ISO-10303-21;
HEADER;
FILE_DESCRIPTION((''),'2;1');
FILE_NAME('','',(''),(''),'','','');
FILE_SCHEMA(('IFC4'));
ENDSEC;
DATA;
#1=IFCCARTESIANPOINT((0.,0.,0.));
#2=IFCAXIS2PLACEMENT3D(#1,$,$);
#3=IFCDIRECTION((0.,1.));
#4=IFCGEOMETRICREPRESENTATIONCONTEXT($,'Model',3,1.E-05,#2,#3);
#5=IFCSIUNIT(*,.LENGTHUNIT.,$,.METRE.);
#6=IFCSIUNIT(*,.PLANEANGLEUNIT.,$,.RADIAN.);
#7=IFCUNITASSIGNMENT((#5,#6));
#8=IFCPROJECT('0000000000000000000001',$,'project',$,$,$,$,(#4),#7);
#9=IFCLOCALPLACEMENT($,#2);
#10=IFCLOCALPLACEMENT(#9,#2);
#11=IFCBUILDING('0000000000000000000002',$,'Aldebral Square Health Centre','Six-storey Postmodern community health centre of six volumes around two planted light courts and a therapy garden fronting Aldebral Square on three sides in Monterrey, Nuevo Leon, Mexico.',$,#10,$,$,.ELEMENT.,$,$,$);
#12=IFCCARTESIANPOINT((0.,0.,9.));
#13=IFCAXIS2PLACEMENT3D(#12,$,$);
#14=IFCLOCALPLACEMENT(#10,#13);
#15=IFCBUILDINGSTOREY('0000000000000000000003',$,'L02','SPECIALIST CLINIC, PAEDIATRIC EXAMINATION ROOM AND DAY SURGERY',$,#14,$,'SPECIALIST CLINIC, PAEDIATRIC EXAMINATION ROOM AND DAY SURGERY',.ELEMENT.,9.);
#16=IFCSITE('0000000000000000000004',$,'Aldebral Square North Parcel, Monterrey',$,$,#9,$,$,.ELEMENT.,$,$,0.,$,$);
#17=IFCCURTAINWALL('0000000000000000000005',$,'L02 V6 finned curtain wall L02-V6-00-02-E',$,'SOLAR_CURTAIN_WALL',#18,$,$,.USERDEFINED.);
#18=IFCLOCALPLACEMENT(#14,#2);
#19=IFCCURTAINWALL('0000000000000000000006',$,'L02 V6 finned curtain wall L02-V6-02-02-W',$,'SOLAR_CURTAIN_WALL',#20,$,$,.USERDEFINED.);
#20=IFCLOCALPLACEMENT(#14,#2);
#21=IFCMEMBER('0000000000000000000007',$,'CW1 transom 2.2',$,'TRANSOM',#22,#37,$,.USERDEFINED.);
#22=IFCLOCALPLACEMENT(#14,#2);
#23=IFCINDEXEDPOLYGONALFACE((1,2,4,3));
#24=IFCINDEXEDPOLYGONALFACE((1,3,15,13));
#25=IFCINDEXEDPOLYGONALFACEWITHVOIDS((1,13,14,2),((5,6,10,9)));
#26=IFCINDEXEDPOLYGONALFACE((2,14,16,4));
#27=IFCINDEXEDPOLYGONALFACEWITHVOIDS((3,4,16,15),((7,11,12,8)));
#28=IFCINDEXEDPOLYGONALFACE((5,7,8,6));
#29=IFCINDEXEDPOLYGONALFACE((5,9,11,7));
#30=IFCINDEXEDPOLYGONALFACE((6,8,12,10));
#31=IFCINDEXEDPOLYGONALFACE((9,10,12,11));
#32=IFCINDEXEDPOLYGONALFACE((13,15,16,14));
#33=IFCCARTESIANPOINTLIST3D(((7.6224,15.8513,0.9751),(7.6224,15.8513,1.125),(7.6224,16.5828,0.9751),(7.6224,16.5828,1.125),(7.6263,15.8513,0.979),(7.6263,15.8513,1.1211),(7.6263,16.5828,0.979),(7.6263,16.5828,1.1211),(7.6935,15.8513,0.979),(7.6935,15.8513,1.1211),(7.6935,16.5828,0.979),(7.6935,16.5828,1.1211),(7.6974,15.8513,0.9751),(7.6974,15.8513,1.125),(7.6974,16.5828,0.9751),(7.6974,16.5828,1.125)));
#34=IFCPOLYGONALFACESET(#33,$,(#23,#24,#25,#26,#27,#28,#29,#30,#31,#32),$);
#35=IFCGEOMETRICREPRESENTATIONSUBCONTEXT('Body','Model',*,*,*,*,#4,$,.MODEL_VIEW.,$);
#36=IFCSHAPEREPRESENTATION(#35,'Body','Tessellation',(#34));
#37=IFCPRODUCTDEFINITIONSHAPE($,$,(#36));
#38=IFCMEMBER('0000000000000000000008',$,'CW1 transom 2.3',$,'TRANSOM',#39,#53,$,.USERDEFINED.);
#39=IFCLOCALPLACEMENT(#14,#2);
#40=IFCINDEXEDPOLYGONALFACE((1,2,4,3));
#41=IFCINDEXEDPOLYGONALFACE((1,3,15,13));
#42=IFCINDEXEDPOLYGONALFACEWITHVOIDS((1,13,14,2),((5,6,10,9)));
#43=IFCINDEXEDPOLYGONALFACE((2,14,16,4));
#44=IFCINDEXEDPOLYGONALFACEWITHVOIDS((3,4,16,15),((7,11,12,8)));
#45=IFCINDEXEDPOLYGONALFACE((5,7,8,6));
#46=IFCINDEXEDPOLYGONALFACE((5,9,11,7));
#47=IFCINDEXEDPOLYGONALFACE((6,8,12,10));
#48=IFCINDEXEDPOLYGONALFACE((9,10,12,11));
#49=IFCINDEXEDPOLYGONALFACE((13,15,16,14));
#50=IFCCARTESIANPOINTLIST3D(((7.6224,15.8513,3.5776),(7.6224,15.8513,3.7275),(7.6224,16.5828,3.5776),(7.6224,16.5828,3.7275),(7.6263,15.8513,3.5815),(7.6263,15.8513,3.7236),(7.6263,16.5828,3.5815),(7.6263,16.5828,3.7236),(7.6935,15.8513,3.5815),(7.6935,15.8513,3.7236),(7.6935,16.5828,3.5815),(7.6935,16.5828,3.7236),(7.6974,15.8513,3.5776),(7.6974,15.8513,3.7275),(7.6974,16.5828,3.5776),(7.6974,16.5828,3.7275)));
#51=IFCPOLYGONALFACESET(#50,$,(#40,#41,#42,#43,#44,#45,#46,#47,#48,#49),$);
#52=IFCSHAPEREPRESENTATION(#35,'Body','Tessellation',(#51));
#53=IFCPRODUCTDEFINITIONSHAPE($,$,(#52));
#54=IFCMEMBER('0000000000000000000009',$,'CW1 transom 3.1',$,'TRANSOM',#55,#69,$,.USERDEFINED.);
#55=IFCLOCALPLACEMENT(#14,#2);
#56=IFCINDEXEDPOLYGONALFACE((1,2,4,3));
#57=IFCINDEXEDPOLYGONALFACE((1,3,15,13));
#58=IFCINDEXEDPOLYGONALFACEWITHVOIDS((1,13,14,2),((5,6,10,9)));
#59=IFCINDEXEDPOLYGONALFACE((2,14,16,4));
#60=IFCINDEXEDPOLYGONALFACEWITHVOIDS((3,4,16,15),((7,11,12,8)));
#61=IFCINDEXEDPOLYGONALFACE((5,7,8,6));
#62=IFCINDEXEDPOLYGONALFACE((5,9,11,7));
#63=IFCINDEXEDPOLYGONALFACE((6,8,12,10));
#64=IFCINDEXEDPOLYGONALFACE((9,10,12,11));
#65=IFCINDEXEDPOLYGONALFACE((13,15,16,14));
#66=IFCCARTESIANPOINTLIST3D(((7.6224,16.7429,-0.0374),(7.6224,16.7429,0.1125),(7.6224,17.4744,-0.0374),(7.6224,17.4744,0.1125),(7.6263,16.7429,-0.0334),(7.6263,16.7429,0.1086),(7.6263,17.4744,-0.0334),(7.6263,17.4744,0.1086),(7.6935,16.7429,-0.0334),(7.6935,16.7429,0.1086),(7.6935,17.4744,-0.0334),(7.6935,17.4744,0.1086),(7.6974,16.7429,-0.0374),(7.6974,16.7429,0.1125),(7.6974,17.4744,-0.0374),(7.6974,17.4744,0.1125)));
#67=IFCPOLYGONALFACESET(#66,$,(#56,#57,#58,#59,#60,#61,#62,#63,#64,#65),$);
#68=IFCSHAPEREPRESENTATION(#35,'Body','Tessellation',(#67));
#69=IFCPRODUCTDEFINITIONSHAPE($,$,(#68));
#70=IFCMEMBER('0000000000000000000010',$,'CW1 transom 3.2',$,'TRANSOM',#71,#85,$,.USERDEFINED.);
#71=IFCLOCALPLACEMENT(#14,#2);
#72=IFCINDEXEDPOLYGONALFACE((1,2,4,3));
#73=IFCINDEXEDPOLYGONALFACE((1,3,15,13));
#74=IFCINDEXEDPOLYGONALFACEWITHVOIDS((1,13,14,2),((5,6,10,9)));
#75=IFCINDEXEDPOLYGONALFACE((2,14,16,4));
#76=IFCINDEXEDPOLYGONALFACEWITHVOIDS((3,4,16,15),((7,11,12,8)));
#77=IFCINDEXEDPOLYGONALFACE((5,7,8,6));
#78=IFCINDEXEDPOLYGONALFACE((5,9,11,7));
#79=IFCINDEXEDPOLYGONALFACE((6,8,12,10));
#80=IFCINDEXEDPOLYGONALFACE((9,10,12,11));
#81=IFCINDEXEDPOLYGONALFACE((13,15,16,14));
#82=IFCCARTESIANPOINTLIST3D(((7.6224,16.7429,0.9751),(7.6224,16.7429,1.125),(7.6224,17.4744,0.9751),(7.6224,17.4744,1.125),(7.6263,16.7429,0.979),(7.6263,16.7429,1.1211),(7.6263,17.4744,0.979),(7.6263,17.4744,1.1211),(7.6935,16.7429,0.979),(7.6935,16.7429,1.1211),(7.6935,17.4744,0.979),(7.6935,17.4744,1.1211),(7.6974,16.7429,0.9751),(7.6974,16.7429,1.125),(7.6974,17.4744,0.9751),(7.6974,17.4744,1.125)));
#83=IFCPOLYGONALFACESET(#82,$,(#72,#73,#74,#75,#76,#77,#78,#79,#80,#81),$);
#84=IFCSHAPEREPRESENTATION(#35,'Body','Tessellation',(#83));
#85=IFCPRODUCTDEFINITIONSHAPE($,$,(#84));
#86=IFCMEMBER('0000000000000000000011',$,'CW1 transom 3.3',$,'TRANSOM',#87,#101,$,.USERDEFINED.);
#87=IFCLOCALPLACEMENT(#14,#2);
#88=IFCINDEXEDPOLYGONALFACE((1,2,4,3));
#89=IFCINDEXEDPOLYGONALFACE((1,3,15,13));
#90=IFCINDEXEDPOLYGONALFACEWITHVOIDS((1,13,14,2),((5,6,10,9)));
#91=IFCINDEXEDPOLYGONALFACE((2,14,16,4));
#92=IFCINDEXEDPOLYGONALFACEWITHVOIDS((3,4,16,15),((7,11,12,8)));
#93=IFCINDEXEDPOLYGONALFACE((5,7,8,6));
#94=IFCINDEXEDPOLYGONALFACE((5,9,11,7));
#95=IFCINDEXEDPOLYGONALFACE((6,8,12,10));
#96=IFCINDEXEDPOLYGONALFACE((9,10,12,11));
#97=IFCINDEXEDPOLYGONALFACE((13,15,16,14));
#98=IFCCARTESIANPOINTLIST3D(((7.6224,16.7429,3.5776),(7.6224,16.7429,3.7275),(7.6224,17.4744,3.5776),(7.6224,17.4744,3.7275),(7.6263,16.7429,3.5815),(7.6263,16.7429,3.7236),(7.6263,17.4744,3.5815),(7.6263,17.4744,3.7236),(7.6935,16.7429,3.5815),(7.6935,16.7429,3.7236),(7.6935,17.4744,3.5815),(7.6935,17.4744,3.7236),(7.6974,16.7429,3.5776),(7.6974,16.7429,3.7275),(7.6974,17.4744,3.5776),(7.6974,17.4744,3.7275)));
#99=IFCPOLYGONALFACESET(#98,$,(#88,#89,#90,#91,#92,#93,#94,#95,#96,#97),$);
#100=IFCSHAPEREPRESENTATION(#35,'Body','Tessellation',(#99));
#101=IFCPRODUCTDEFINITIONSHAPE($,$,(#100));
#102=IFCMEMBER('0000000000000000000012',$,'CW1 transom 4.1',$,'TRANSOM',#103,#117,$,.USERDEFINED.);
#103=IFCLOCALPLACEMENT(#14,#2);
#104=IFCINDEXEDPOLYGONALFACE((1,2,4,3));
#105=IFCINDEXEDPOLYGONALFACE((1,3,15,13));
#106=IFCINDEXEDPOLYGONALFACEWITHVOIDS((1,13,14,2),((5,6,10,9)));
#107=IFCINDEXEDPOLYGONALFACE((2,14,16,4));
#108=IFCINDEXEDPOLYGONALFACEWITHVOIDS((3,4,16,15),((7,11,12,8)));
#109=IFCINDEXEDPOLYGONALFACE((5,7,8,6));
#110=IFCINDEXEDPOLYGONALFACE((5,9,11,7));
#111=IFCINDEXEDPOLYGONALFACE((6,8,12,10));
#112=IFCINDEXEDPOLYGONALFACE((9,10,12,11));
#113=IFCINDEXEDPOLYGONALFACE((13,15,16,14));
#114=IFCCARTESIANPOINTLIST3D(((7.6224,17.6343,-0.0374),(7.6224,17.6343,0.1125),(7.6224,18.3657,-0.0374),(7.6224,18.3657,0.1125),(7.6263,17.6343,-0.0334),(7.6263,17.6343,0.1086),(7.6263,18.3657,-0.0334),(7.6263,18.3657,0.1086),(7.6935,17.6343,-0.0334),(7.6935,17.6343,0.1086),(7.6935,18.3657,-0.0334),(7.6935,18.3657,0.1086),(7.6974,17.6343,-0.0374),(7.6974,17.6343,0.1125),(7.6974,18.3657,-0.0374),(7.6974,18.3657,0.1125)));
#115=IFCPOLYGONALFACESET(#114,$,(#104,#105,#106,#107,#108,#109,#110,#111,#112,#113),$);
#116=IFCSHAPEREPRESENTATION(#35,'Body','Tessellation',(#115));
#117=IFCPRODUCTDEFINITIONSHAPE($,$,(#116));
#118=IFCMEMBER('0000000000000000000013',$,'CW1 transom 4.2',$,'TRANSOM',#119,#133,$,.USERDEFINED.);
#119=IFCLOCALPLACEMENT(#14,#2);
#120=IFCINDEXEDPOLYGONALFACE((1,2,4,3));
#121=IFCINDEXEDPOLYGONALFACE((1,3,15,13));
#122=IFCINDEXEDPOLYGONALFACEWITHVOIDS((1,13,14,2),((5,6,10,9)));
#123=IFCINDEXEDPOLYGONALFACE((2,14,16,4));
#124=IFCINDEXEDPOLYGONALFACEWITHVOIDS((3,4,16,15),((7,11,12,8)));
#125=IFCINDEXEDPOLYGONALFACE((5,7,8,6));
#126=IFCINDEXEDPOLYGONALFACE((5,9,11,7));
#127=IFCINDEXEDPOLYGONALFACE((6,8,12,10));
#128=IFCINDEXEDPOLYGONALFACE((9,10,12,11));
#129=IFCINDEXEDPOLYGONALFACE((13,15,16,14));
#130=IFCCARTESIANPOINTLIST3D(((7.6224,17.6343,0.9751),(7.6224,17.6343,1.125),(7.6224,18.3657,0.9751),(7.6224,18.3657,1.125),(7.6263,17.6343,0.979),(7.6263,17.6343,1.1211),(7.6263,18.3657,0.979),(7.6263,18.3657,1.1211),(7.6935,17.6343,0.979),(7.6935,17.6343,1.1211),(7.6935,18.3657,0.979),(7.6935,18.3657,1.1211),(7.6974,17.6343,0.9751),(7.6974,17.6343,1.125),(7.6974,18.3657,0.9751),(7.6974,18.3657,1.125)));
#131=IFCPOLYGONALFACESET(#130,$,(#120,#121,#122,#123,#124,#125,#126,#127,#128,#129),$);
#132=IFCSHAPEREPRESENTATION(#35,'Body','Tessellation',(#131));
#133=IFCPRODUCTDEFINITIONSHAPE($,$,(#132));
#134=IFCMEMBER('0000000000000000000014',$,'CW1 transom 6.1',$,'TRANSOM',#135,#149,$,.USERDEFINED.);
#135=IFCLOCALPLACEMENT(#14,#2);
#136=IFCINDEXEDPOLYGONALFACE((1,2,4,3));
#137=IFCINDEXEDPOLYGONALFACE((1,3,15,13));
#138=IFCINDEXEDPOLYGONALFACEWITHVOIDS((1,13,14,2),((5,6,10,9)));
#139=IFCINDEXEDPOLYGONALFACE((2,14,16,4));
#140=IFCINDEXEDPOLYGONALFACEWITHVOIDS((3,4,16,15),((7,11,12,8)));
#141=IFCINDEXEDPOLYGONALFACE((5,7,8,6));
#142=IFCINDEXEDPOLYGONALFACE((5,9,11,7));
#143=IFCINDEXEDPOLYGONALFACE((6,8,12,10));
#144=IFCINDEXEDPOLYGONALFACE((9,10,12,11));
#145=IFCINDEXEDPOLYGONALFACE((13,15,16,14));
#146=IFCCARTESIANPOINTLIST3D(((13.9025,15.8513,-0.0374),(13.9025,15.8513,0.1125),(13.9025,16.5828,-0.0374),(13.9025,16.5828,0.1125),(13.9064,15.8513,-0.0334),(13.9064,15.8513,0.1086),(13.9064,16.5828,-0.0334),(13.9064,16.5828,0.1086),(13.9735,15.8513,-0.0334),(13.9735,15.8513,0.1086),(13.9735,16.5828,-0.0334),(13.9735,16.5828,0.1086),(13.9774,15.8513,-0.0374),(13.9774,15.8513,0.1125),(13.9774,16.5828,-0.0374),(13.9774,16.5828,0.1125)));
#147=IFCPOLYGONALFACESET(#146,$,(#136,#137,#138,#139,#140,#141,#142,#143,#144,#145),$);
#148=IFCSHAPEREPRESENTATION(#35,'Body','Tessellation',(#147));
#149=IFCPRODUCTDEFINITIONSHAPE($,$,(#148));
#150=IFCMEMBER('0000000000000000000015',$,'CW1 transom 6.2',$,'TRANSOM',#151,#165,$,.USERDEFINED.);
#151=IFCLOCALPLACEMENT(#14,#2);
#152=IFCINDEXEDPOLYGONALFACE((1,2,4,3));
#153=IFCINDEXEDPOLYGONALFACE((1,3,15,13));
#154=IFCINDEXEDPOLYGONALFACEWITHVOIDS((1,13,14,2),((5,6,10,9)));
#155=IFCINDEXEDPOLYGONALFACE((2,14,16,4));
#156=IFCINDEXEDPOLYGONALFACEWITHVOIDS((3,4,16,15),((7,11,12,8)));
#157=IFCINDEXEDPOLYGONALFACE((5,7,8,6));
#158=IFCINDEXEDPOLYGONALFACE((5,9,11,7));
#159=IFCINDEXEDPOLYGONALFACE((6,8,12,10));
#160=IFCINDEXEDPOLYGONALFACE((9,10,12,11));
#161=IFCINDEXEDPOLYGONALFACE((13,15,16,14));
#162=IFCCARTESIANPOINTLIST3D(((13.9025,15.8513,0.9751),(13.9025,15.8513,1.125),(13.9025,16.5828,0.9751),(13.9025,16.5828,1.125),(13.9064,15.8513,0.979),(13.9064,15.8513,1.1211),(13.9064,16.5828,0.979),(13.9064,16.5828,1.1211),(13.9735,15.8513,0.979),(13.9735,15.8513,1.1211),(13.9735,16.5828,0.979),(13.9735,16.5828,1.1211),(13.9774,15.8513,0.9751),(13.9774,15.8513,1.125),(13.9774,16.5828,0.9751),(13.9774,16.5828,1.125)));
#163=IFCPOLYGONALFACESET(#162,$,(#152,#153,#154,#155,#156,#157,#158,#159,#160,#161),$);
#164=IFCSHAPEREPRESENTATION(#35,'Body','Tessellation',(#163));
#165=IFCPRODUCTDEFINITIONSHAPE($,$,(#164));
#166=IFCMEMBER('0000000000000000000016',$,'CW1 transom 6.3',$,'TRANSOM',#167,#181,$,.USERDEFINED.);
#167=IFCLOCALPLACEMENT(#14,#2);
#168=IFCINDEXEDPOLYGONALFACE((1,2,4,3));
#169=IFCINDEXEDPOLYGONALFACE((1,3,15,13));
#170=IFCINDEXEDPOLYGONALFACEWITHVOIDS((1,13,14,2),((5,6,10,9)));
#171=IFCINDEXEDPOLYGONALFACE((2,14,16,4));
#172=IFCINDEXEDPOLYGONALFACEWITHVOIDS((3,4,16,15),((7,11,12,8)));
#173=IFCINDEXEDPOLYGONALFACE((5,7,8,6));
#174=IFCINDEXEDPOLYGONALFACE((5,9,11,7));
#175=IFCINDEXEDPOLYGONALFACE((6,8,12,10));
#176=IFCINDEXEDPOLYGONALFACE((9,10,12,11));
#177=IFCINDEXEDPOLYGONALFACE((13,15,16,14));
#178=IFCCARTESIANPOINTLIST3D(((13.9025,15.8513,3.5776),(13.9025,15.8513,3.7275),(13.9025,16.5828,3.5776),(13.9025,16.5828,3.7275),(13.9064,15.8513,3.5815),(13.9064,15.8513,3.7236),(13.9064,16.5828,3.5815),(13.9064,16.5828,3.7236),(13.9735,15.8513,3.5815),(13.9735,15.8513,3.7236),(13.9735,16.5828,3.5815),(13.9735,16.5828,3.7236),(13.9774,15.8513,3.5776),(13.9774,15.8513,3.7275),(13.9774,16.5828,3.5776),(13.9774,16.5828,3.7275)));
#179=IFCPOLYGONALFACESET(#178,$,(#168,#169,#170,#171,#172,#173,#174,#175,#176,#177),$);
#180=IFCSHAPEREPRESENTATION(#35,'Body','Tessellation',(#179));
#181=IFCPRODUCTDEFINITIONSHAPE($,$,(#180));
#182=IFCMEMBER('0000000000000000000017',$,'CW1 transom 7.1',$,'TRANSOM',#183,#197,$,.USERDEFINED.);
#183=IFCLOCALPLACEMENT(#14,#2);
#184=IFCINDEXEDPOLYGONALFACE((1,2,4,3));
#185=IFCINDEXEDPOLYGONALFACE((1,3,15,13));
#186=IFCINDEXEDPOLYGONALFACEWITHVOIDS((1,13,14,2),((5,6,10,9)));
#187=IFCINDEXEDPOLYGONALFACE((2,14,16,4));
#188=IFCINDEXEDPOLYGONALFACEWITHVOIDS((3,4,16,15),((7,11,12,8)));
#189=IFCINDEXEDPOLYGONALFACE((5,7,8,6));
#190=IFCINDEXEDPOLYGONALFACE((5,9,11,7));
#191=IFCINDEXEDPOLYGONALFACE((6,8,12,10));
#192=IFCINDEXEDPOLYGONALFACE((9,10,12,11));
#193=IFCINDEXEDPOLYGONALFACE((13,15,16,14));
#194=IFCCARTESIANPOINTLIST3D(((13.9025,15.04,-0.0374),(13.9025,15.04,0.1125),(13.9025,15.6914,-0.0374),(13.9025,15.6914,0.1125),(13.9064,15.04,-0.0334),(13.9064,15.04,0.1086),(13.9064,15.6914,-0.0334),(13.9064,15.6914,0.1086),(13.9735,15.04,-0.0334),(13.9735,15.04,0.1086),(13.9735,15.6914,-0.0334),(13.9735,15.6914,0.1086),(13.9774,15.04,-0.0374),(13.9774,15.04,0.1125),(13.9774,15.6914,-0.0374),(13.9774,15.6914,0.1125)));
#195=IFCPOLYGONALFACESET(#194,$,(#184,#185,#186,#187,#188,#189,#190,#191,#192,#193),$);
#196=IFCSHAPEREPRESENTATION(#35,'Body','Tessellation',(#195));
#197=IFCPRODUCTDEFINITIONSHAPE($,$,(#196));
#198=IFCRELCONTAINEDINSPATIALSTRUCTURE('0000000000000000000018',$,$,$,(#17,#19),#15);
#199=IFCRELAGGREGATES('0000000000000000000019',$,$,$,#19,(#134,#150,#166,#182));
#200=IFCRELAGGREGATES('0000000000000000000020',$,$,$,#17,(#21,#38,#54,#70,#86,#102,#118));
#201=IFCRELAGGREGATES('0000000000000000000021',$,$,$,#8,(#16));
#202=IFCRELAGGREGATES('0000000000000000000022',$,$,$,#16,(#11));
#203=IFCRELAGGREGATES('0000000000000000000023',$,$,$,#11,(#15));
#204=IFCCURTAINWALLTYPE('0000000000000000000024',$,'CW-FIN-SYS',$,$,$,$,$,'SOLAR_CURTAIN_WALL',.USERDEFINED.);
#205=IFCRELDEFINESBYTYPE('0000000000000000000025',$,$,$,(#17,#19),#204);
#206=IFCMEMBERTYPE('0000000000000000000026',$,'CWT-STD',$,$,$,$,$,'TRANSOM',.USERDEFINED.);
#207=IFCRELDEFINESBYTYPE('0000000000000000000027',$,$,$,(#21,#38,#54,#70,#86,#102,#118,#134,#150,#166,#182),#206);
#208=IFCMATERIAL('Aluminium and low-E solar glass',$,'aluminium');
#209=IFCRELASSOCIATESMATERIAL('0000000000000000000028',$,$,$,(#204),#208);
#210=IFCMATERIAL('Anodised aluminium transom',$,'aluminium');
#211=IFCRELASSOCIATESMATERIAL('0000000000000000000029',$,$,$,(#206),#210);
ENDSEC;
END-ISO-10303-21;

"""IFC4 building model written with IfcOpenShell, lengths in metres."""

from ifc_helpers import new_model, si_unit, direction, frame, origin, origin_2d, place, context, subcontext, project, spatial, hollow_rectangle, extrude, material, material_profile, profile_set, type_object, element, aggregate, save


model = new_model("IFC4")

# Units and contexts
model_context = context("Model", 3, precision=1e-05, world=origin(), true_north=direction((0.0, 1.0)))
body_context = subcontext(model_context, "Body", "Model", "MODEL_VIEW")
ifc_project = project(units=[si_unit("LENGTHUNIT", "METRE"), si_unit("PLANEANGLEUNIT", "RADIAN")], contexts=[model_context])

# Site, building, storey
site_placement = place(None, origin())
site = spatial("IfcSite", under=ifc_project, at=site_placement, Name="Aldebral Square North Parcel, Monterrey", CompositionType="ELEMENT", RefElevation=0.0)
building_placement = place(site_placement, origin())
building = spatial("IfcBuilding", under=site, at=building_placement, Name="Aldebral Square Health Centre", Description="Six-storey Postmodern community health centre of six volumes around two planted light courts and a therapy garden fronting Aldebral Square on three sides in Monterrey, Nuevo Leon, Mexico.", CompositionType="ELEMENT")
storey_placement = place(building_placement, frame((0.0, 0.0, 9.0)))
storey = spatial("IfcBuildingStorey", under=building, at=storey_placement, Name="L02", Description="SPECIALIST CLINIC, PAEDIATRIC EXAMINATION ROOM AND DAY SURGERY", LongName="SPECIALIST CLINIC, PAEDIATRIC EXAMINATION ROOM AND DAY SURGERY", CompositionType="ELEMENT", Elevation=9.0)

# Curtain walls
ifc_material_1 = material(Name="Aluminium and low-E solar glass", Category="aluminium")
curtain_wall_type = type_object("IfcCurtainWallType", Name="CW-FIN-SYS", ElementType="SOLAR_CURTAIN_WALL", PredefinedType="USERDEFINED", material=ifc_material_1)
curtain_wall_1_placement = place(storey_placement, origin())
curtain_wall_1 = element("IfcCurtainWall", 1, at=curtain_wall_1_placement, inside=storey, type_object=curtain_wall_type, Name="L02 V6 finned curtain wall L02-V6-00-02-E", ObjectType="SOLAR_CURTAIN_WALL", PredefinedType="USERDEFINED")
curtain_wall_2_placement = place(storey_placement, origin())
curtain_wall_2 = element("IfcCurtainWall", 2, at=curtain_wall_2_placement, inside=storey, type_object=curtain_wall_type, Name="L02 V6 finned curtain wall L02-V6-02-02-W", ObjectType="SOLAR_CURTAIN_WALL", PredefinedType="USERDEFINED")

# Members
ifc_material_2 = material(Name="Anodised aluminium transom", Category="aluminium")
ifc_material_profile_1 = material_profile(ifc_material_2, hollow_rectangle(XDim=0.075, YDim=0.1499, WallThickness=0.0039, at=origin_2d()), Name="CWT 75x150x4")
ifc_profile_set_1 = profile_set([ifc_material_profile_1], Name="Anodised aluminium transom")
member_type_1 = type_object("IfcMemberType", Name="CWT-STD", ElementType="TRANSOM", PredefinedType="USERDEFINED", material=ifc_profile_set_1)
member_1_placement = place(storey_placement, frame((7.6599, 15.8513, 1.05), z_axis=(0.0, 1.0, 0.0), x_axis=(-1.0, 0.0, 0.0)))
member_1 = element("IfcMember", 3, at=member_1_placement, type_object=member_type_1, Name="CW1 transom 2.2", ObjectType="TRANSOM", PredefinedType="USERDEFINED", context=body_context, shape_type="SweptSolid", body=[
    extrude(hollow_rectangle(XDim=0.075, YDim=0.1499, WallThickness=0.0039, at=origin_2d()), origin(), (0.0, 0.0, 1.0), 0.7314),
])
member_2_placement = place(storey_placement, frame((7.6599, 15.8513, 3.6526), z_axis=(0.0, 1.0, 0.0), x_axis=(-1.0, 0.0, 0.0)))
member_2 = element("IfcMember", 4, at=member_2_placement, type_object=member_type_1, Name="CW1 transom 2.3", ObjectType="TRANSOM", PredefinedType="USERDEFINED", context=body_context, shape_type="SweptSolid", body=[
    extrude(hollow_rectangle(XDim=0.075, YDim=0.1499, WallThickness=0.0039, at=origin_2d()), origin(), (0.0, 0.0, 1.0), 0.7314),
])
member_3_placement = place(storey_placement, frame((7.6599, 16.7429, 0.0376), z_axis=(0.0, 1.0, 0.0), x_axis=(-1.0, 0.0, 0.0)))
member_3 = element("IfcMember", 5, at=member_3_placement, type_object=member_type_1, Name="CW1 transom 3.1", ObjectType="TRANSOM", PredefinedType="USERDEFINED", context=body_context, shape_type="SweptSolid", body=[
    extrude(hollow_rectangle(XDim=0.075, YDim=0.1499, WallThickness=0.0039, at=origin_2d()), origin(), (0.0, 0.0, 1.0), 0.7314),
])
member_4_placement = place(storey_placement, frame((7.6599, 16.7429, 1.05), z_axis=(0.0, 1.0, 0.0), x_axis=(-1.0, 0.0, 0.0)))
member_4 = element("IfcMember", 6, at=member_4_placement, type_object=member_type_1, Name="CW1 transom 3.2", ObjectType="TRANSOM", PredefinedType="USERDEFINED", context=body_context, shape_type="SweptSolid", body=[
    extrude(hollow_rectangle(XDim=0.075, YDim=0.1499, WallThickness=0.0039, at=origin_2d()), origin(), (0.0, 0.0, 1.0), 0.7314),
])
member_5_placement = place(storey_placement, frame((7.6599, 16.7429, 3.6526), z_axis=(0.0, 1.0, 0.0), x_axis=(-1.0, 0.0, 0.0)))
member_5 = element("IfcMember", 7, at=member_5_placement, type_object=member_type_1, Name="CW1 transom 3.3", ObjectType="TRANSOM", PredefinedType="USERDEFINED", context=body_context, shape_type="SweptSolid", body=[
    extrude(hollow_rectangle(XDim=0.075, YDim=0.1499, WallThickness=0.0039, at=origin_2d()), origin(), (0.0, 0.0, 1.0), 0.7314),
])
member_6_placement = place(storey_placement, frame((7.6599, 17.6343, 0.0376), z_axis=(0.0, 1.0, 0.0), x_axis=(-1.0, 0.0, 0.0)))
member_6 = element("IfcMember", 8, at=member_6_placement, type_object=member_type_1, Name="CW1 transom 4.1", ObjectType="TRANSOM", PredefinedType="USERDEFINED", context=body_context, shape_type="SweptSolid", body=[
    extrude(hollow_rectangle(XDim=0.075, YDim=0.1499, WallThickness=0.0039, at=origin_2d()), origin(), (0.0, 0.0, 1.0), 0.7314),
])
member_7_placement = place(storey_placement, frame((7.6599, 17.6343, 1.05), z_axis=(0.0, 1.0, 0.0), x_axis=(-1.0, 0.0, 0.0)))
member_7 = element("IfcMember", 9, at=member_7_placement, type_object=member_type_1, Name="CW1 transom 4.2", ObjectType="TRANSOM", PredefinedType="USERDEFINED", context=body_context, shape_type="SweptSolid", body=[
    extrude(hollow_rectangle(XDim=0.075, YDim=0.1499, WallThickness=0.0039, at=origin_2d()), origin(), (0.0, 0.0, 1.0), 0.7314),
])
member_8_placement = place(storey_placement, frame((13.9399, 16.5828, 0.0376), z_axis=(0.0, -1.0, 0.0), x_axis=(1.0, 0.0, 0.0)))
member_8 = element("IfcMember", 10, at=member_8_placement, type_object=member_type_1, Name="CW1 transom 6.1", ObjectType="TRANSOM", PredefinedType="USERDEFINED", context=body_context, shape_type="SweptSolid", body=[
    extrude(hollow_rectangle(XDim=0.075, YDim=0.1499, WallThickness=0.0039, at=origin_2d()), origin(), (0.0, 0.0, 1.0), 0.7314),
])
member_9_placement = place(storey_placement, frame((13.9399, 16.5828, 1.05), z_axis=(0.0, -1.0, 0.0), x_axis=(1.0, 0.0, 0.0)))
member_9 = element("IfcMember", 11, at=member_9_placement, type_object=member_type_1, Name="CW1 transom 6.2", ObjectType="TRANSOM", PredefinedType="USERDEFINED", context=body_context, shape_type="SweptSolid", body=[
    extrude(hollow_rectangle(XDim=0.075, YDim=0.1499, WallThickness=0.0039, at=origin_2d()), origin(), (0.0, 0.0, 1.0), 0.7314),
])
member_10_placement = place(storey_placement, frame((13.9399, 16.5828, 3.6526), z_axis=(0.0, -1.0, 0.0), x_axis=(1.0, 0.0, 0.0)))
member_10 = element("IfcMember", 12, at=member_10_placement, type_object=member_type_1, Name="CW1 transom 6.3", ObjectType="TRANSOM", PredefinedType="USERDEFINED", context=body_context, shape_type="SweptSolid", body=[
    extrude(hollow_rectangle(XDim=0.075, YDim=0.1499, WallThickness=0.0039, at=origin_2d()), origin(), (0.0, 0.0, 1.0), 0.7314),
])
member_11_placement = place(storey_placement, frame((13.9399, 15.6914, 0.0376), z_axis=(0.0, -1.0, 0.0), x_axis=(1.0, 0.0, 0.0)))
member_11 = element("IfcMember", 13, at=member_11_placement, type_object=member_type_1, Name="CW1 transom 7.1", ObjectType="TRANSOM", PredefinedType="USERDEFINED", context=body_context, shape_type="SweptSolid", body=[
    extrude(hollow_rectangle(XDim=0.075, YDim=0.1499, WallThickness=0.0039, at=origin_2d()), origin(), (0.0, 0.0, 1.0), 0.6514),
])

aggregate(curtain_wall_2, [member_8, member_9, member_10, member_11])
aggregate(curtain_wall_1, [member_1, member_2, member_3, member_4, member_5, member_6, member_7])

save(model, "model.ifc")
